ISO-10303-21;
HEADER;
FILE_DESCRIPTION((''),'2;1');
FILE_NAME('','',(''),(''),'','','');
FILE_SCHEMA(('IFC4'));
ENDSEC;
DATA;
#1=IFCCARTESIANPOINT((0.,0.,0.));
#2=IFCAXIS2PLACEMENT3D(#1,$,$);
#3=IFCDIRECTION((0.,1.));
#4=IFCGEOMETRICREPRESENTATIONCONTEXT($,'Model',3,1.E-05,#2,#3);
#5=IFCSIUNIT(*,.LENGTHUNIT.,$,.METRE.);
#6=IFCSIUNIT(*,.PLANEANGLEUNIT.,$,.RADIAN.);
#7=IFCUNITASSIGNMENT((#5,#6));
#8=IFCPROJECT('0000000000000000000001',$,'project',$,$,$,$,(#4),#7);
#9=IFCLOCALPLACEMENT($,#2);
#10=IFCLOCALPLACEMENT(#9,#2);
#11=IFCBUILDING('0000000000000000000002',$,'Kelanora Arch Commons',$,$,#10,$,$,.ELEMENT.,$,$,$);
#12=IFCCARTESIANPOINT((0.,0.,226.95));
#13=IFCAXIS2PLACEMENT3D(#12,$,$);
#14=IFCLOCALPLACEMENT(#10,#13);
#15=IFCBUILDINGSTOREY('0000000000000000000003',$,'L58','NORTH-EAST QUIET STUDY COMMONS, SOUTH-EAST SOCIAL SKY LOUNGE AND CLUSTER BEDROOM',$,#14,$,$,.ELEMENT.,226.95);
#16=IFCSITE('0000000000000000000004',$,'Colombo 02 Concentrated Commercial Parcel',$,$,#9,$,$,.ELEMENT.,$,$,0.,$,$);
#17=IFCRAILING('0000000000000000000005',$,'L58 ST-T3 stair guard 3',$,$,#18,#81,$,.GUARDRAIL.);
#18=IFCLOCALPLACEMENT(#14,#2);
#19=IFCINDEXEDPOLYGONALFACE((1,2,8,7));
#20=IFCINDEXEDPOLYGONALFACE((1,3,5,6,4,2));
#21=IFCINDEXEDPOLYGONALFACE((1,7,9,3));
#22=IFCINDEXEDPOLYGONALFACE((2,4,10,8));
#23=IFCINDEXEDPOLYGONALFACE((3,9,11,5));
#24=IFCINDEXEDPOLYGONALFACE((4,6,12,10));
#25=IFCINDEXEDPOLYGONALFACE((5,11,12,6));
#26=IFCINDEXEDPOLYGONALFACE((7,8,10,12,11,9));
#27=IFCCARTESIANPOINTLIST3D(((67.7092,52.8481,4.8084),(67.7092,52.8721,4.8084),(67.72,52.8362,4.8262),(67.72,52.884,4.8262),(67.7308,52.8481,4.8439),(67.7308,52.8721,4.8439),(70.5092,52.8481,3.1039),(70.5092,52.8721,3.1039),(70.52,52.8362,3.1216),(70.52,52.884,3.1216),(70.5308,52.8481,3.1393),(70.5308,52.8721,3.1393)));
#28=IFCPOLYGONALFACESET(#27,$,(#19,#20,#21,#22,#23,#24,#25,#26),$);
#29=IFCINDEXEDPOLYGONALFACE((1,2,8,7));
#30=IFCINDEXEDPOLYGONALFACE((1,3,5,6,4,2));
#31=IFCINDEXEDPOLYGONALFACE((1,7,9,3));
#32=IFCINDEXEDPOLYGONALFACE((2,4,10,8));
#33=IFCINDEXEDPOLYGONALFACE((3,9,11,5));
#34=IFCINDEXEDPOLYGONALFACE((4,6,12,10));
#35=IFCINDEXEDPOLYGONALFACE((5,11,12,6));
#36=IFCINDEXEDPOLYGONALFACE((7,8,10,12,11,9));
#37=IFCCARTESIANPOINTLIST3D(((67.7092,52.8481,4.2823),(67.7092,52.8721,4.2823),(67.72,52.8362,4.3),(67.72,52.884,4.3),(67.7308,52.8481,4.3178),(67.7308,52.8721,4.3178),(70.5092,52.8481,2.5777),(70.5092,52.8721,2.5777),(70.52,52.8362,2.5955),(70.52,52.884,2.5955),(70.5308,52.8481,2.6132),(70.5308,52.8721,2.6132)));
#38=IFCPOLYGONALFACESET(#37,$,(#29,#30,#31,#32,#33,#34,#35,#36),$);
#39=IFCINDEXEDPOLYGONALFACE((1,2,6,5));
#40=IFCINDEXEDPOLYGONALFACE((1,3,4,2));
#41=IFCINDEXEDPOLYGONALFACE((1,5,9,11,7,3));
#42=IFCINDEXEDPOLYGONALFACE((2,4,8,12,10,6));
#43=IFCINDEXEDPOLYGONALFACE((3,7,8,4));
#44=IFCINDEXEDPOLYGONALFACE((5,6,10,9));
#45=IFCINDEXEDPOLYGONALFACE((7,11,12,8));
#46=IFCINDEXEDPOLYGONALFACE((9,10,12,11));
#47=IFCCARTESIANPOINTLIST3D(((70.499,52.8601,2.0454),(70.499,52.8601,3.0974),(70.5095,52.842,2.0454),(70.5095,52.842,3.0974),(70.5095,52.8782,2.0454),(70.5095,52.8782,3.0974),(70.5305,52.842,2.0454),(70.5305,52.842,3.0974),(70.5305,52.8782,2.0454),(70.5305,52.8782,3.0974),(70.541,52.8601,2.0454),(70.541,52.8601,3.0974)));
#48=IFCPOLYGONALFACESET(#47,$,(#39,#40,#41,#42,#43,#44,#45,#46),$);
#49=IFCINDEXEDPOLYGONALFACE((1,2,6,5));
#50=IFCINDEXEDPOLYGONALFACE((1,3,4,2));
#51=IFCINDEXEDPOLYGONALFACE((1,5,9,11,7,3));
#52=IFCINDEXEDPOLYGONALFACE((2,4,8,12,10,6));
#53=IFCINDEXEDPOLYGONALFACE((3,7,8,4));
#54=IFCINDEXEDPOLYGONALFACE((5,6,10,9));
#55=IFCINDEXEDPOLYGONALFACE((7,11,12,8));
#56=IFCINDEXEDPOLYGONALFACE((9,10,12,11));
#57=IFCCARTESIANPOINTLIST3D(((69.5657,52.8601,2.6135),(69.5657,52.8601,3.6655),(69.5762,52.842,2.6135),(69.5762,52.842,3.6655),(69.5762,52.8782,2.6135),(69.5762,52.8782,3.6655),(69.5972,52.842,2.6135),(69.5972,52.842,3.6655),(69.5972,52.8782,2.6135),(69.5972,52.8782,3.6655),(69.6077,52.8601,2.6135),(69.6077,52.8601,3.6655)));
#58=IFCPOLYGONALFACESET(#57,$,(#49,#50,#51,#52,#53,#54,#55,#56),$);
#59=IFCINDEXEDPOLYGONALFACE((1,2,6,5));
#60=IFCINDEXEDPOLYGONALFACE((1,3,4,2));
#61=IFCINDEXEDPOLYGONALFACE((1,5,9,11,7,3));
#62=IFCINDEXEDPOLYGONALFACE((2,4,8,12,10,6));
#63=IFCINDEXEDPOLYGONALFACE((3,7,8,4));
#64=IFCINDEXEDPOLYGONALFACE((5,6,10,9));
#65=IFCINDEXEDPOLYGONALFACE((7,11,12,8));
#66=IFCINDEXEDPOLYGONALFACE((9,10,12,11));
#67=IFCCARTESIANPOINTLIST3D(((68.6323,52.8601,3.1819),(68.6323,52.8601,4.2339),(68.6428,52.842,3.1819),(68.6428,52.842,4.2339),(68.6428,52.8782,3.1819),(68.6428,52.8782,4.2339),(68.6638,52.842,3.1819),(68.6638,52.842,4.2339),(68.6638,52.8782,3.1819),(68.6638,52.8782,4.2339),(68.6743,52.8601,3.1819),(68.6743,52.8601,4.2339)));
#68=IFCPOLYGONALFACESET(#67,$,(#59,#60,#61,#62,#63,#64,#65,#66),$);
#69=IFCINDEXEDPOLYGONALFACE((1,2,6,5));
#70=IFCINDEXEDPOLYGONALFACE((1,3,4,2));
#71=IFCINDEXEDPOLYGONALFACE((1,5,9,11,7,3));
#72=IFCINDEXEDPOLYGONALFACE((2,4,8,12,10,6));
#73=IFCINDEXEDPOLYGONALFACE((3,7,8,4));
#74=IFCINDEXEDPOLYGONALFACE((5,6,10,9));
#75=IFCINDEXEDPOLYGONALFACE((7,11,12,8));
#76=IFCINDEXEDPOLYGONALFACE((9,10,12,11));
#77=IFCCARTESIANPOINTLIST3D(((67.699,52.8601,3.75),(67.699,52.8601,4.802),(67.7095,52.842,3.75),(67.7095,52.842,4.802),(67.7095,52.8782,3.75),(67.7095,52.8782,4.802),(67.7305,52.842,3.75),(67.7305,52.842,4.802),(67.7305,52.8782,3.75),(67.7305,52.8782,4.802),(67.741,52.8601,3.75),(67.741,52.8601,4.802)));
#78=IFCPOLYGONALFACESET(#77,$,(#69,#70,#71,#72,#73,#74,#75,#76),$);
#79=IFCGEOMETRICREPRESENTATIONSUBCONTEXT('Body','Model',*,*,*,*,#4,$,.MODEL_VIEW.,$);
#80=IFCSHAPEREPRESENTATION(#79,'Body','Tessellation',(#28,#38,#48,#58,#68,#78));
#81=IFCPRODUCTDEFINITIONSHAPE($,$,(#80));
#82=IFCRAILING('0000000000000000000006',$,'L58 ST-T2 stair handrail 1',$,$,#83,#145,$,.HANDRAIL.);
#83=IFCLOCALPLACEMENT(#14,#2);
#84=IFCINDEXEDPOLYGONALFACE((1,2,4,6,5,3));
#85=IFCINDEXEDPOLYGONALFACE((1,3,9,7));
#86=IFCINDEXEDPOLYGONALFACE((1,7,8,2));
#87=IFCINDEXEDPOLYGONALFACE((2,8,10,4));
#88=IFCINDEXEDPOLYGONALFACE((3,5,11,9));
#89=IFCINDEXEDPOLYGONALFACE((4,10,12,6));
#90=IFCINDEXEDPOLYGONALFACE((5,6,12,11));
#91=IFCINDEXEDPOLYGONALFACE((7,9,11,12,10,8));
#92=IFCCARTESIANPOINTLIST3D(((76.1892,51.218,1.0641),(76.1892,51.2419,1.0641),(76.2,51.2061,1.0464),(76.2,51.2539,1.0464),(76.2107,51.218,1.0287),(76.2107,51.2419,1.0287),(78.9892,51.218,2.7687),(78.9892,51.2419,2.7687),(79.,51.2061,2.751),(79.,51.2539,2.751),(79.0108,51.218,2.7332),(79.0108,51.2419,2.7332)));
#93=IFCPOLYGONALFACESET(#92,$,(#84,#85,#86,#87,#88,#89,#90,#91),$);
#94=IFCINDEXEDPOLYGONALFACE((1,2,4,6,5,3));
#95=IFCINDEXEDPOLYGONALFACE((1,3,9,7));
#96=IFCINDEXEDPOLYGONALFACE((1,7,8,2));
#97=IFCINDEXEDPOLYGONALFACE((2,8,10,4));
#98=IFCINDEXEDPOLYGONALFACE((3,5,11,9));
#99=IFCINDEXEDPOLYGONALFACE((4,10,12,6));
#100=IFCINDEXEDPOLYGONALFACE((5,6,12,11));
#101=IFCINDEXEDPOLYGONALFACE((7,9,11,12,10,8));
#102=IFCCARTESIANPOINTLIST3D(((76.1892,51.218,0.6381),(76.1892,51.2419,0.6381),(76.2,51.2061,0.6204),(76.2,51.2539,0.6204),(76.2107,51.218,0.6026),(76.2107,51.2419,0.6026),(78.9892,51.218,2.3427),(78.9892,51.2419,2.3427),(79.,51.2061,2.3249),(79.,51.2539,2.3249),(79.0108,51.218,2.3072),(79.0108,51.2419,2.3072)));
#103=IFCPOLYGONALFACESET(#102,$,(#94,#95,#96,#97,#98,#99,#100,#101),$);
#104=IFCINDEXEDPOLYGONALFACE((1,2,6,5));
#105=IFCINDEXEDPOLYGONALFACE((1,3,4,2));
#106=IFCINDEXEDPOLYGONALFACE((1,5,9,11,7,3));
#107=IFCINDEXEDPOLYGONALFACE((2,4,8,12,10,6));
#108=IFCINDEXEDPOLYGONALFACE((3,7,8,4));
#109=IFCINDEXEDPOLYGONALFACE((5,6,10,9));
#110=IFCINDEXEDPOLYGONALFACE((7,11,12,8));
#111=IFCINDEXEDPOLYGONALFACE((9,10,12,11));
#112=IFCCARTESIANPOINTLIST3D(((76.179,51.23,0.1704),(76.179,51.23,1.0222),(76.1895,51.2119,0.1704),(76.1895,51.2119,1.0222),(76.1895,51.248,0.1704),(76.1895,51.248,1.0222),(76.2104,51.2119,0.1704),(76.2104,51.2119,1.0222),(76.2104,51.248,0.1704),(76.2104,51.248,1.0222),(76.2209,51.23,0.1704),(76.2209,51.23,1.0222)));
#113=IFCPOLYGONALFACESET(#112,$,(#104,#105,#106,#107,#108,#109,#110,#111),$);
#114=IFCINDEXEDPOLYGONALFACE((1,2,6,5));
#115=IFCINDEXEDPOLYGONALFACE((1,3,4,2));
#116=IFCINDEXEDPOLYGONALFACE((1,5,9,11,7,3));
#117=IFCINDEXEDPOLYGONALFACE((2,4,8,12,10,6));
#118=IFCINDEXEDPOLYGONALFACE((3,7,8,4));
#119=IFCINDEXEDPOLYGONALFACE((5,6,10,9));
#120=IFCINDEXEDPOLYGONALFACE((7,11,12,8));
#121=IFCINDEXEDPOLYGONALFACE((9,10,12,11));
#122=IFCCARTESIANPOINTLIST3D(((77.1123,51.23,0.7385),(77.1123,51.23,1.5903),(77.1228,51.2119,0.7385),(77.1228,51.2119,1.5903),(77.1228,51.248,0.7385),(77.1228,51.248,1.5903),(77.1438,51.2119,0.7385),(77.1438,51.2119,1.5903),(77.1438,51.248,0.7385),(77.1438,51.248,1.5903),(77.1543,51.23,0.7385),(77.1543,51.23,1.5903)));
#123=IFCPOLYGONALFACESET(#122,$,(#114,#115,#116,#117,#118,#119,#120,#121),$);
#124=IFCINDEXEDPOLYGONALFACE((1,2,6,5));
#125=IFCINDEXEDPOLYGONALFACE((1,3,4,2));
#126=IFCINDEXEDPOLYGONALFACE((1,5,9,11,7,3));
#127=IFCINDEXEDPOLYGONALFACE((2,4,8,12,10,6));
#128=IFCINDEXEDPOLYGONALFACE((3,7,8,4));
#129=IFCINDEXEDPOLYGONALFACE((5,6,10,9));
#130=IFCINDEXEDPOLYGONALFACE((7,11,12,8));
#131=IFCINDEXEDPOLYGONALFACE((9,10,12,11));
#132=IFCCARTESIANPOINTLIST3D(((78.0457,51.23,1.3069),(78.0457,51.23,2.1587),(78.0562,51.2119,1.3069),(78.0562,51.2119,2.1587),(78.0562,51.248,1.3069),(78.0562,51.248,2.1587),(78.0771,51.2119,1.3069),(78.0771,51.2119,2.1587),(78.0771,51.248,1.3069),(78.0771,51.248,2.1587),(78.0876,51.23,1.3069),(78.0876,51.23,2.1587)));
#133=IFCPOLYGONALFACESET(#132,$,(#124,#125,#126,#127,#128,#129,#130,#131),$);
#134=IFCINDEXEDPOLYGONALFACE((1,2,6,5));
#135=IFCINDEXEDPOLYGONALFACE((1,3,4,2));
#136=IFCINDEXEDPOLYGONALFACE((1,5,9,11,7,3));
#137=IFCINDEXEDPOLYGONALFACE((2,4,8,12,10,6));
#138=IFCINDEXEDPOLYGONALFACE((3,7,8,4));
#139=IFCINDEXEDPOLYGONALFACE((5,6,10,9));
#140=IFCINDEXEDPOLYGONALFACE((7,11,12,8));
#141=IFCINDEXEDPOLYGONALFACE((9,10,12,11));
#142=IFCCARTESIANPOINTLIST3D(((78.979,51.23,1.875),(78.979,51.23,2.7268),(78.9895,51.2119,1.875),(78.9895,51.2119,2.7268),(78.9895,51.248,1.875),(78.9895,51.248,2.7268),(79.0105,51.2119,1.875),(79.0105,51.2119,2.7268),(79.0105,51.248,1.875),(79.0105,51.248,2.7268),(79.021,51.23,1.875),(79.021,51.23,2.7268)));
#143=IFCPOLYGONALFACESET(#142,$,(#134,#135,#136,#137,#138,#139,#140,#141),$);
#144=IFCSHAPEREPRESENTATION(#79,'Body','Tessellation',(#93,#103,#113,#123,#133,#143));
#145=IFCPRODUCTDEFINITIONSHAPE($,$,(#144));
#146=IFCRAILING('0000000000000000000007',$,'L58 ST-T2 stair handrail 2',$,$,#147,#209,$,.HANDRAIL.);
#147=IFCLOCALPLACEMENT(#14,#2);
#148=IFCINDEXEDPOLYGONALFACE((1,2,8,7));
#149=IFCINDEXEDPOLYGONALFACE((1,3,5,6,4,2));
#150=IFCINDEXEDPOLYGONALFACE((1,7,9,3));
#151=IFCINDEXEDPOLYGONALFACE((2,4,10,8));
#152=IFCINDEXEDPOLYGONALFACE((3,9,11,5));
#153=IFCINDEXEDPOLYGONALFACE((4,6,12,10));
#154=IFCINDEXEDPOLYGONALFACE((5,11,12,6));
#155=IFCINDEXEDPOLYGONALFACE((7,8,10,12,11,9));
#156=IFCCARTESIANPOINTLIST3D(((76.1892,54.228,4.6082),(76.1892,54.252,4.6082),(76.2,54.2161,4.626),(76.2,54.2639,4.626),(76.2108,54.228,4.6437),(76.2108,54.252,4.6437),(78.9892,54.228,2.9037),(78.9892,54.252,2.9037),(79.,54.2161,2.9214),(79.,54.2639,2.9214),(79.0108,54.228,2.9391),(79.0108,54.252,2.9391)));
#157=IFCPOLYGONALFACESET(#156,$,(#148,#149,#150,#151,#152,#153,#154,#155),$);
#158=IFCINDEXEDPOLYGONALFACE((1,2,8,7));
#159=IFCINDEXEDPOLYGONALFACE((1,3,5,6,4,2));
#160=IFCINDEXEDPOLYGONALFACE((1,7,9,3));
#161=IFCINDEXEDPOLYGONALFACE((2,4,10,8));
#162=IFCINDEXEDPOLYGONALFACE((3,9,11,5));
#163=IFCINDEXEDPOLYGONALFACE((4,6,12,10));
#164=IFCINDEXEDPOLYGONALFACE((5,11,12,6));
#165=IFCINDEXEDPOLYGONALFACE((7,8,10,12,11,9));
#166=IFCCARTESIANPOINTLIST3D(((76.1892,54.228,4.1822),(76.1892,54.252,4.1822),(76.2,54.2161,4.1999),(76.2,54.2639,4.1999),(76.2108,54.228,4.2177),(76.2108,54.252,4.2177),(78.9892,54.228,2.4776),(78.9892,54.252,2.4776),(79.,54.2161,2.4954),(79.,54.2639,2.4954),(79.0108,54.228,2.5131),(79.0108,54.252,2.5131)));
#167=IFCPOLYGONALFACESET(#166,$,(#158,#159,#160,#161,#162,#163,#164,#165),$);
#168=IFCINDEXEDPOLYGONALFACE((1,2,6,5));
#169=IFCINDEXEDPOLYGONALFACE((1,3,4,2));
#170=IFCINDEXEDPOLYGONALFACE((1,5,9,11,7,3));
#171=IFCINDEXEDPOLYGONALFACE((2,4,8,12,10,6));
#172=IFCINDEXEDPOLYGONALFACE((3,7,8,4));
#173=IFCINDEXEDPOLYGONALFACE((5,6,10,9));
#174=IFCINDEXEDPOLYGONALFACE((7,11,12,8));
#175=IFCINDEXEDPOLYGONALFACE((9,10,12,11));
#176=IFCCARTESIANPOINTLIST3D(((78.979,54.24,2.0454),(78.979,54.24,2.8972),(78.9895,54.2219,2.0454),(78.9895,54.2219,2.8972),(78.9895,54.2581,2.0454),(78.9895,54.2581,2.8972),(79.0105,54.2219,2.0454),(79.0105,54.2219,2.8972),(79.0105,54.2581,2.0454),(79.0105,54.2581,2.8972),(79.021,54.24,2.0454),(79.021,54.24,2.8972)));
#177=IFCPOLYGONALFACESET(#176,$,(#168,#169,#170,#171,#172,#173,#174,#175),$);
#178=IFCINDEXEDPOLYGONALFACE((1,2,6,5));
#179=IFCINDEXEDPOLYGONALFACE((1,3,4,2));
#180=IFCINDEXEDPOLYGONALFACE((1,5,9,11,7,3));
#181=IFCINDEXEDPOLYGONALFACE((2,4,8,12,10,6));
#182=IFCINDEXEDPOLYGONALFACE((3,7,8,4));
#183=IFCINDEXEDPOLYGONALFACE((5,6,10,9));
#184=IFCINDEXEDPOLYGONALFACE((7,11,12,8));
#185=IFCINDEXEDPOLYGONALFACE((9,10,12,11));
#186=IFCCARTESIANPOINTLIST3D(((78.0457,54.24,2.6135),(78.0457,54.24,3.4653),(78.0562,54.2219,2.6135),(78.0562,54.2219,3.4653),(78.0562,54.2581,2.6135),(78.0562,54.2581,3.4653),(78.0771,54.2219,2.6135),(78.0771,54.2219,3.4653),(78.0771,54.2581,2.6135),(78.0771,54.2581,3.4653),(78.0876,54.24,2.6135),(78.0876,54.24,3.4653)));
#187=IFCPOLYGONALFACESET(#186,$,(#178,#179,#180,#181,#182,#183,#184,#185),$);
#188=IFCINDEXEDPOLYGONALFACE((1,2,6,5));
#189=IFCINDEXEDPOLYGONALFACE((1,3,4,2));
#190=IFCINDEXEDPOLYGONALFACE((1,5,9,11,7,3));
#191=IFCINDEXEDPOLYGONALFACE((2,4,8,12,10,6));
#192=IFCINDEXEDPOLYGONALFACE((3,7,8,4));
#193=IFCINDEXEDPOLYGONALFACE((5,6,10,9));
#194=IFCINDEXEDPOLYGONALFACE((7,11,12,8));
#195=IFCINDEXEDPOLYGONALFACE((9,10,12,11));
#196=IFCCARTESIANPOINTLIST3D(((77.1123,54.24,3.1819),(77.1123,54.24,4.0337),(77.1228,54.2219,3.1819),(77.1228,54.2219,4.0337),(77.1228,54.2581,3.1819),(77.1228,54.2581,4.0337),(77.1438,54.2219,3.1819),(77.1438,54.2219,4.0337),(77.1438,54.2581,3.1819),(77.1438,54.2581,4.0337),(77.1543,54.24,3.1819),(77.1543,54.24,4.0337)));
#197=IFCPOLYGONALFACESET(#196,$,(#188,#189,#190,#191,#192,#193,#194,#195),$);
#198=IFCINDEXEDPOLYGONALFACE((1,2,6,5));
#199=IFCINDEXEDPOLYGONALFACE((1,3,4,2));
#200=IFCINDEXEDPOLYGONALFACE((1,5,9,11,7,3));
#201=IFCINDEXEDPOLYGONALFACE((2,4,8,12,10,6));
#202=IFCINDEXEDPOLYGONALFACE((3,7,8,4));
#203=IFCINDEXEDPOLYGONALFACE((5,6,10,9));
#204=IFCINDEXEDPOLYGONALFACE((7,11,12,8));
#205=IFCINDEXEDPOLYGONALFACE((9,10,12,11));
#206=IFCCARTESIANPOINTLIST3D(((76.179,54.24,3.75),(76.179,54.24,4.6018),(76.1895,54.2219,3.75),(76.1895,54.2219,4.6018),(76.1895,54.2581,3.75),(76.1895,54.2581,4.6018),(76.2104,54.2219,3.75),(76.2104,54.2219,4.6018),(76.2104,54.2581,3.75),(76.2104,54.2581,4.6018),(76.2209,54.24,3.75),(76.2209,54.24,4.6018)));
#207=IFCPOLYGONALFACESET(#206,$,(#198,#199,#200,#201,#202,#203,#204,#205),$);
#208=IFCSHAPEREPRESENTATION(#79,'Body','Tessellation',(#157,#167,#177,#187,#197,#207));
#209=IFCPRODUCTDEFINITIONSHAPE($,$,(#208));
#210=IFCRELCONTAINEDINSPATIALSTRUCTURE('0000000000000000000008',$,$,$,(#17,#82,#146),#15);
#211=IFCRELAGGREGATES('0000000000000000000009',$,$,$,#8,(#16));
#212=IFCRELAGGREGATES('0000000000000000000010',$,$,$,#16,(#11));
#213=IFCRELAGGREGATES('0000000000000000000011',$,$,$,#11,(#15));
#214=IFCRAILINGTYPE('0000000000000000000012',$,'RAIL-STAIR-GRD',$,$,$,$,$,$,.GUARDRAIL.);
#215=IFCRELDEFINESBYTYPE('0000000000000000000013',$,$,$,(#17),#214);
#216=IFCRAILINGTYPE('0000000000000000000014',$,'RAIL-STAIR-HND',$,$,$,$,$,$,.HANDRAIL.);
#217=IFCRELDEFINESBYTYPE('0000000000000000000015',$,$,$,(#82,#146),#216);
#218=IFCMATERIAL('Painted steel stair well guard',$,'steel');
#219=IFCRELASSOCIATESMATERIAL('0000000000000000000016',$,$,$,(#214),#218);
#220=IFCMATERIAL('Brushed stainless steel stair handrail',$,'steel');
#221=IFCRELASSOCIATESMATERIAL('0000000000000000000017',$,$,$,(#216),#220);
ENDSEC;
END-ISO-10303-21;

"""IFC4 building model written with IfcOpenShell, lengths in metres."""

from ifc_helpers import new_model, si_unit, direction, frame, origin, place, context, subcontext, project, spatial, polyline, outline, extrude, material, type_object, element, save


model = new_model("IFC4")

# Units and contexts
model_context = context("Model", 3, precision=1e-05, world=origin(), true_north=direction((0.0, 1.0)))
body_context = subcontext(model_context, "Body", "Model", "MODEL_VIEW")
ifc_project = project(units=[si_unit("LENGTHUNIT", "METRE"), si_unit("PLANEANGLEUNIT", "RADIAN")], contexts=[model_context])

# Site, building, storey
site_placement = place(None, origin())
site = spatial("IfcSite", under=ifc_project, at=site_placement, Name="Colombo 02 Concentrated Commercial Parcel", CompositionType="ELEMENT", RefElevation=0.0)
building_placement = place(site_placement, origin())
building = spatial("IfcBuilding", under=site, at=building_placement, Name="Kelanora Arch Commons", CompositionType="ELEMENT")
storey_placement = place(building_placement, frame((0.0, 0.0, 226.95)))
storey = spatial("IfcBuildingStorey", under=building, at=storey_placement, Name="L58", Description="NORTH-EAST QUIET STUDY COMMONS, SOUTH-EAST SOCIAL SKY LOUNGE AND CLUSTER BEDROOM", CompositionType="ELEMENT", Elevation=226.95)

# Railings
ifc_material_1 = material(Name="Painted steel stair well guard", Category="steel")
railing_type_1 = type_object("IfcRailingType", Name="RAIL-STAIR-GRD", PredefinedType="GUARDRAIL", material=ifc_material_1)
railing_1_placement = place(storey_placement, frame((70.52, 52.8601, 2.0454)))
element("IfcRailing", 1, at=railing_1_placement, inside=storey, type_object=railing_type_1, Name="L58 ST-T3 stair guard 3", PredefinedType="GUARDRAIL", context=body_context, shape_type="SweptSolid", body=[
    extrude(outline(polyline([(0.0239, 0.0), (0.012, 0.0208), (-0.012, 0.0208), (-0.0239, 0.0), (-0.012, -0.0208), (0.012, -0.0208), (0.0239, 0.0)])), frame((0.0, 0.0, 1.0762), z_axis=(-0.85417, 0.0, 0.519994), x_axis=(0.0, -1.0, 0.0)), (0.0, 0.0, 1.0), 3.2781),
    extrude(outline(polyline([(0.0239, 0.0), (0.012, 0.0208), (-0.012, 0.0208), (-0.0239, 0.0), (-0.012, -0.0208), (0.012, -0.0208), (0.0239, 0.0)])), frame((0.0, 0.0, 0.55), z_axis=(-0.85417, 0.0, 0.519994), x_axis=(0.0, -1.0, 0.0)), (0.0, 0.0, 1.0), 3.2781),
    extrude(outline(polyline([(0.021, 0.0), (0.0105, 0.0181), (-0.0105, 0.0181), (-0.021, 0.0), (-0.0105, -0.0181), (0.0105, -0.0181), (0.021, 0.0)])), origin(), (0.0, 0.0, 1.0), 1.052),
    extrude(outline(polyline([(0.021, 0.0), (0.0105, 0.0181), (-0.0105, 0.0181), (-0.021, 0.0), (-0.0105, -0.0181), (0.0105, -0.0181), (0.021, 0.0)])), frame((-0.9333, 0.0, 0.5681)), (0.0, 0.0, 1.0), 1.052),
    extrude(outline(polyline([(0.021, 0.0), (0.0105, 0.0181), (-0.0105, 0.0181), (-0.021, 0.0), (-0.0105, -0.0181), (0.0105, -0.0181), (0.021, 0.0)])), frame((-1.8667, 0.0, 1.1365)), (0.0, 0.0, 1.0), 1.052),
    extrude(outline(polyline([(0.021, 0.0), (0.0105, 0.0181), (-0.0105, 0.0181), (-0.021, 0.0), (-0.0105, -0.0181), (0.0105, -0.0181), (0.021, 0.0)])), frame((-2.8, 0.0, 1.7046)), (0.0, 0.0, 1.0), 1.052),
])
ifc_material_2 = material(Name="Brushed stainless steel stair handrail", Category="steel")
railing_type_2 = type_object("IfcRailingType", Name="RAIL-STAIR-HND", PredefinedType="HANDRAIL", material=ifc_material_2)
railing_2_placement = place(storey_placement, frame((76.2, 51.23, 0.1704)))
element("IfcRailing", 2, at=railing_2_placement, inside=storey, type_object=railing_type_2, Name="L58 ST-T2 stair handrail 1", PredefinedType="HANDRAIL", context=body_context, shape_type="SweptSolid", body=[
    extrude(outline(polyline([(0.0239, 0.0), (0.012, 0.0208), (-0.012, 0.0208), (-0.0239, 0.0), (-0.012, -0.0208), (0.012, -0.0208), (0.0239, 0.0)])), frame((0.0, 0.0, 0.876), z_axis=(0.85417, 0.0, 0.519994), x_axis=(0.0, 1.0, 0.0)), (0.0, 0.0, 1.0), 3.2781),
    extrude(outline(polyline([(0.0239, 0.0), (0.012, 0.0208), (-0.012, 0.0208), (-0.0239, 0.0), (-0.012, -0.0208), (0.012, -0.0208), (0.0239, 0.0)])), frame((0.0, 0.0, 0.45), z_axis=(0.85417, 0.0, 0.519994), x_axis=(0.0, 1.0, 0.0)), (0.0, 0.0, 1.0), 3.2781),
    extrude(outline(polyline([(0.021, 0.0), (0.0105, 0.0181), (-0.0105, 0.0181), (-0.021, 0.0), (-0.0105, -0.0181), (0.0105, -0.0181), (0.021, 0.0)])), origin(), (0.0, 0.0, 1.0), 0.8518),
    extrude(outline(polyline([(0.021, 0.0), (0.0105, 0.0181), (-0.0105, 0.0181), (-0.021, 0.0), (-0.0105, -0.0181), (0.0105, -0.0181), (0.021, 0.0)])), frame((0.9333, 0.0, 0.5681)), (0.0, 0.0, 1.0), 0.8518),
    extrude(outline(polyline([(0.021, 0.0), (0.0105, 0.0181), (-0.0105, 0.0181), (-0.021, 0.0), (-0.0105, -0.0181), (0.0105, -0.0181), (0.021, 0.0)])), frame((1.8667, 0.0, 1.1365)), (0.0, 0.0, 1.0), 0.8518),
    extrude(outline(polyline([(0.021, 0.0), (0.0105, 0.0181), (-0.0105, 0.0181), (-0.021, 0.0), (-0.0105, -0.0181), (0.0105, -0.0181), (0.021, 0.0)])), frame((2.8, 0.0, 1.7046)), (0.0, 0.0, 1.0), 0.8518),
])
railing_3_placement = place(storey_placement, frame((79.0, 54.24, 2.0454)))
element("IfcRailing", 3, at=railing_3_placement, inside=storey, type_object=railing_type_2, Name="L58 ST-T2 stair handrail 2", PredefinedType="HANDRAIL", context=body_context, shape_type="SweptSolid", body=[
    extrude(outline(polyline([(0.0239, 0.0), (0.012, 0.0208), (-0.012, 0.0208), (-0.0239, 0.0), (-0.012, -0.0208), (0.012, -0.0208), (0.0239, 0.0)])), frame((0.0, 0.0, 0.876), z_axis=(-0.85417, 0.0, 0.519994), x_axis=(0.0, -1.0, 0.0)), (0.0, 0.0, 1.0), 3.2781),
    extrude(outline(polyline([(0.0239, 0.0), (0.012, 0.0208), (-0.012, 0.0208), (-0.0239, 0.0), (-0.012, -0.0208), (0.012, -0.0208), (0.0239, 0.0)])), frame((0.0, 0.0, 0.45), z_axis=(-0.85417, 0.0, 0.519994), x_axis=(0.0, -1.0, 0.0)), (0.0, 0.0, 1.0), 3.2781),
    extrude(outline(polyline([(0.021, 0.0), (0.0105, 0.0181), (-0.0105, 0.0181), (-0.021, 0.0), (-0.0105, -0.0181), (0.0105, -0.0181), (0.021, 0.0)])), origin(), (0.0, 0.0, 1.0), 0.8518),
    extrude(outline(polyline([(0.021, 0.0), (0.0105, 0.0181), (-0.0105, 0.0181), (-0.021, 0.0), (-0.0105, -0.0181), (0.0105, -0.0181), (0.021, 0.0)])), frame((-0.9333, 0.0, 0.5681)), (0.0, 0.0, 1.0), 0.8518),
    extrude(outline(polyline([(0.021, 0.0), (0.0105, 0.0181), (-0.0105, 0.0181), (-0.021, 0.0), (-0.0105, -0.0181), (0.0105, -0.0181), (0.021, 0.0)])), frame((-1.8667, 0.0, 1.1365)), (0.0, 0.0, 1.0), 0.8518),
    extrude(outline(polyline([(0.021, 0.0), (0.0105, 0.0181), (-0.0105, 0.0181), (-0.021, 0.0), (-0.0105, -0.0181), (0.0105, -0.0181), (0.021, 0.0)])), frame((-2.8, 0.0, 1.7046)), (0.0, 0.0, 1.0), 0.8518),
])

save(model, "model.ifc")
